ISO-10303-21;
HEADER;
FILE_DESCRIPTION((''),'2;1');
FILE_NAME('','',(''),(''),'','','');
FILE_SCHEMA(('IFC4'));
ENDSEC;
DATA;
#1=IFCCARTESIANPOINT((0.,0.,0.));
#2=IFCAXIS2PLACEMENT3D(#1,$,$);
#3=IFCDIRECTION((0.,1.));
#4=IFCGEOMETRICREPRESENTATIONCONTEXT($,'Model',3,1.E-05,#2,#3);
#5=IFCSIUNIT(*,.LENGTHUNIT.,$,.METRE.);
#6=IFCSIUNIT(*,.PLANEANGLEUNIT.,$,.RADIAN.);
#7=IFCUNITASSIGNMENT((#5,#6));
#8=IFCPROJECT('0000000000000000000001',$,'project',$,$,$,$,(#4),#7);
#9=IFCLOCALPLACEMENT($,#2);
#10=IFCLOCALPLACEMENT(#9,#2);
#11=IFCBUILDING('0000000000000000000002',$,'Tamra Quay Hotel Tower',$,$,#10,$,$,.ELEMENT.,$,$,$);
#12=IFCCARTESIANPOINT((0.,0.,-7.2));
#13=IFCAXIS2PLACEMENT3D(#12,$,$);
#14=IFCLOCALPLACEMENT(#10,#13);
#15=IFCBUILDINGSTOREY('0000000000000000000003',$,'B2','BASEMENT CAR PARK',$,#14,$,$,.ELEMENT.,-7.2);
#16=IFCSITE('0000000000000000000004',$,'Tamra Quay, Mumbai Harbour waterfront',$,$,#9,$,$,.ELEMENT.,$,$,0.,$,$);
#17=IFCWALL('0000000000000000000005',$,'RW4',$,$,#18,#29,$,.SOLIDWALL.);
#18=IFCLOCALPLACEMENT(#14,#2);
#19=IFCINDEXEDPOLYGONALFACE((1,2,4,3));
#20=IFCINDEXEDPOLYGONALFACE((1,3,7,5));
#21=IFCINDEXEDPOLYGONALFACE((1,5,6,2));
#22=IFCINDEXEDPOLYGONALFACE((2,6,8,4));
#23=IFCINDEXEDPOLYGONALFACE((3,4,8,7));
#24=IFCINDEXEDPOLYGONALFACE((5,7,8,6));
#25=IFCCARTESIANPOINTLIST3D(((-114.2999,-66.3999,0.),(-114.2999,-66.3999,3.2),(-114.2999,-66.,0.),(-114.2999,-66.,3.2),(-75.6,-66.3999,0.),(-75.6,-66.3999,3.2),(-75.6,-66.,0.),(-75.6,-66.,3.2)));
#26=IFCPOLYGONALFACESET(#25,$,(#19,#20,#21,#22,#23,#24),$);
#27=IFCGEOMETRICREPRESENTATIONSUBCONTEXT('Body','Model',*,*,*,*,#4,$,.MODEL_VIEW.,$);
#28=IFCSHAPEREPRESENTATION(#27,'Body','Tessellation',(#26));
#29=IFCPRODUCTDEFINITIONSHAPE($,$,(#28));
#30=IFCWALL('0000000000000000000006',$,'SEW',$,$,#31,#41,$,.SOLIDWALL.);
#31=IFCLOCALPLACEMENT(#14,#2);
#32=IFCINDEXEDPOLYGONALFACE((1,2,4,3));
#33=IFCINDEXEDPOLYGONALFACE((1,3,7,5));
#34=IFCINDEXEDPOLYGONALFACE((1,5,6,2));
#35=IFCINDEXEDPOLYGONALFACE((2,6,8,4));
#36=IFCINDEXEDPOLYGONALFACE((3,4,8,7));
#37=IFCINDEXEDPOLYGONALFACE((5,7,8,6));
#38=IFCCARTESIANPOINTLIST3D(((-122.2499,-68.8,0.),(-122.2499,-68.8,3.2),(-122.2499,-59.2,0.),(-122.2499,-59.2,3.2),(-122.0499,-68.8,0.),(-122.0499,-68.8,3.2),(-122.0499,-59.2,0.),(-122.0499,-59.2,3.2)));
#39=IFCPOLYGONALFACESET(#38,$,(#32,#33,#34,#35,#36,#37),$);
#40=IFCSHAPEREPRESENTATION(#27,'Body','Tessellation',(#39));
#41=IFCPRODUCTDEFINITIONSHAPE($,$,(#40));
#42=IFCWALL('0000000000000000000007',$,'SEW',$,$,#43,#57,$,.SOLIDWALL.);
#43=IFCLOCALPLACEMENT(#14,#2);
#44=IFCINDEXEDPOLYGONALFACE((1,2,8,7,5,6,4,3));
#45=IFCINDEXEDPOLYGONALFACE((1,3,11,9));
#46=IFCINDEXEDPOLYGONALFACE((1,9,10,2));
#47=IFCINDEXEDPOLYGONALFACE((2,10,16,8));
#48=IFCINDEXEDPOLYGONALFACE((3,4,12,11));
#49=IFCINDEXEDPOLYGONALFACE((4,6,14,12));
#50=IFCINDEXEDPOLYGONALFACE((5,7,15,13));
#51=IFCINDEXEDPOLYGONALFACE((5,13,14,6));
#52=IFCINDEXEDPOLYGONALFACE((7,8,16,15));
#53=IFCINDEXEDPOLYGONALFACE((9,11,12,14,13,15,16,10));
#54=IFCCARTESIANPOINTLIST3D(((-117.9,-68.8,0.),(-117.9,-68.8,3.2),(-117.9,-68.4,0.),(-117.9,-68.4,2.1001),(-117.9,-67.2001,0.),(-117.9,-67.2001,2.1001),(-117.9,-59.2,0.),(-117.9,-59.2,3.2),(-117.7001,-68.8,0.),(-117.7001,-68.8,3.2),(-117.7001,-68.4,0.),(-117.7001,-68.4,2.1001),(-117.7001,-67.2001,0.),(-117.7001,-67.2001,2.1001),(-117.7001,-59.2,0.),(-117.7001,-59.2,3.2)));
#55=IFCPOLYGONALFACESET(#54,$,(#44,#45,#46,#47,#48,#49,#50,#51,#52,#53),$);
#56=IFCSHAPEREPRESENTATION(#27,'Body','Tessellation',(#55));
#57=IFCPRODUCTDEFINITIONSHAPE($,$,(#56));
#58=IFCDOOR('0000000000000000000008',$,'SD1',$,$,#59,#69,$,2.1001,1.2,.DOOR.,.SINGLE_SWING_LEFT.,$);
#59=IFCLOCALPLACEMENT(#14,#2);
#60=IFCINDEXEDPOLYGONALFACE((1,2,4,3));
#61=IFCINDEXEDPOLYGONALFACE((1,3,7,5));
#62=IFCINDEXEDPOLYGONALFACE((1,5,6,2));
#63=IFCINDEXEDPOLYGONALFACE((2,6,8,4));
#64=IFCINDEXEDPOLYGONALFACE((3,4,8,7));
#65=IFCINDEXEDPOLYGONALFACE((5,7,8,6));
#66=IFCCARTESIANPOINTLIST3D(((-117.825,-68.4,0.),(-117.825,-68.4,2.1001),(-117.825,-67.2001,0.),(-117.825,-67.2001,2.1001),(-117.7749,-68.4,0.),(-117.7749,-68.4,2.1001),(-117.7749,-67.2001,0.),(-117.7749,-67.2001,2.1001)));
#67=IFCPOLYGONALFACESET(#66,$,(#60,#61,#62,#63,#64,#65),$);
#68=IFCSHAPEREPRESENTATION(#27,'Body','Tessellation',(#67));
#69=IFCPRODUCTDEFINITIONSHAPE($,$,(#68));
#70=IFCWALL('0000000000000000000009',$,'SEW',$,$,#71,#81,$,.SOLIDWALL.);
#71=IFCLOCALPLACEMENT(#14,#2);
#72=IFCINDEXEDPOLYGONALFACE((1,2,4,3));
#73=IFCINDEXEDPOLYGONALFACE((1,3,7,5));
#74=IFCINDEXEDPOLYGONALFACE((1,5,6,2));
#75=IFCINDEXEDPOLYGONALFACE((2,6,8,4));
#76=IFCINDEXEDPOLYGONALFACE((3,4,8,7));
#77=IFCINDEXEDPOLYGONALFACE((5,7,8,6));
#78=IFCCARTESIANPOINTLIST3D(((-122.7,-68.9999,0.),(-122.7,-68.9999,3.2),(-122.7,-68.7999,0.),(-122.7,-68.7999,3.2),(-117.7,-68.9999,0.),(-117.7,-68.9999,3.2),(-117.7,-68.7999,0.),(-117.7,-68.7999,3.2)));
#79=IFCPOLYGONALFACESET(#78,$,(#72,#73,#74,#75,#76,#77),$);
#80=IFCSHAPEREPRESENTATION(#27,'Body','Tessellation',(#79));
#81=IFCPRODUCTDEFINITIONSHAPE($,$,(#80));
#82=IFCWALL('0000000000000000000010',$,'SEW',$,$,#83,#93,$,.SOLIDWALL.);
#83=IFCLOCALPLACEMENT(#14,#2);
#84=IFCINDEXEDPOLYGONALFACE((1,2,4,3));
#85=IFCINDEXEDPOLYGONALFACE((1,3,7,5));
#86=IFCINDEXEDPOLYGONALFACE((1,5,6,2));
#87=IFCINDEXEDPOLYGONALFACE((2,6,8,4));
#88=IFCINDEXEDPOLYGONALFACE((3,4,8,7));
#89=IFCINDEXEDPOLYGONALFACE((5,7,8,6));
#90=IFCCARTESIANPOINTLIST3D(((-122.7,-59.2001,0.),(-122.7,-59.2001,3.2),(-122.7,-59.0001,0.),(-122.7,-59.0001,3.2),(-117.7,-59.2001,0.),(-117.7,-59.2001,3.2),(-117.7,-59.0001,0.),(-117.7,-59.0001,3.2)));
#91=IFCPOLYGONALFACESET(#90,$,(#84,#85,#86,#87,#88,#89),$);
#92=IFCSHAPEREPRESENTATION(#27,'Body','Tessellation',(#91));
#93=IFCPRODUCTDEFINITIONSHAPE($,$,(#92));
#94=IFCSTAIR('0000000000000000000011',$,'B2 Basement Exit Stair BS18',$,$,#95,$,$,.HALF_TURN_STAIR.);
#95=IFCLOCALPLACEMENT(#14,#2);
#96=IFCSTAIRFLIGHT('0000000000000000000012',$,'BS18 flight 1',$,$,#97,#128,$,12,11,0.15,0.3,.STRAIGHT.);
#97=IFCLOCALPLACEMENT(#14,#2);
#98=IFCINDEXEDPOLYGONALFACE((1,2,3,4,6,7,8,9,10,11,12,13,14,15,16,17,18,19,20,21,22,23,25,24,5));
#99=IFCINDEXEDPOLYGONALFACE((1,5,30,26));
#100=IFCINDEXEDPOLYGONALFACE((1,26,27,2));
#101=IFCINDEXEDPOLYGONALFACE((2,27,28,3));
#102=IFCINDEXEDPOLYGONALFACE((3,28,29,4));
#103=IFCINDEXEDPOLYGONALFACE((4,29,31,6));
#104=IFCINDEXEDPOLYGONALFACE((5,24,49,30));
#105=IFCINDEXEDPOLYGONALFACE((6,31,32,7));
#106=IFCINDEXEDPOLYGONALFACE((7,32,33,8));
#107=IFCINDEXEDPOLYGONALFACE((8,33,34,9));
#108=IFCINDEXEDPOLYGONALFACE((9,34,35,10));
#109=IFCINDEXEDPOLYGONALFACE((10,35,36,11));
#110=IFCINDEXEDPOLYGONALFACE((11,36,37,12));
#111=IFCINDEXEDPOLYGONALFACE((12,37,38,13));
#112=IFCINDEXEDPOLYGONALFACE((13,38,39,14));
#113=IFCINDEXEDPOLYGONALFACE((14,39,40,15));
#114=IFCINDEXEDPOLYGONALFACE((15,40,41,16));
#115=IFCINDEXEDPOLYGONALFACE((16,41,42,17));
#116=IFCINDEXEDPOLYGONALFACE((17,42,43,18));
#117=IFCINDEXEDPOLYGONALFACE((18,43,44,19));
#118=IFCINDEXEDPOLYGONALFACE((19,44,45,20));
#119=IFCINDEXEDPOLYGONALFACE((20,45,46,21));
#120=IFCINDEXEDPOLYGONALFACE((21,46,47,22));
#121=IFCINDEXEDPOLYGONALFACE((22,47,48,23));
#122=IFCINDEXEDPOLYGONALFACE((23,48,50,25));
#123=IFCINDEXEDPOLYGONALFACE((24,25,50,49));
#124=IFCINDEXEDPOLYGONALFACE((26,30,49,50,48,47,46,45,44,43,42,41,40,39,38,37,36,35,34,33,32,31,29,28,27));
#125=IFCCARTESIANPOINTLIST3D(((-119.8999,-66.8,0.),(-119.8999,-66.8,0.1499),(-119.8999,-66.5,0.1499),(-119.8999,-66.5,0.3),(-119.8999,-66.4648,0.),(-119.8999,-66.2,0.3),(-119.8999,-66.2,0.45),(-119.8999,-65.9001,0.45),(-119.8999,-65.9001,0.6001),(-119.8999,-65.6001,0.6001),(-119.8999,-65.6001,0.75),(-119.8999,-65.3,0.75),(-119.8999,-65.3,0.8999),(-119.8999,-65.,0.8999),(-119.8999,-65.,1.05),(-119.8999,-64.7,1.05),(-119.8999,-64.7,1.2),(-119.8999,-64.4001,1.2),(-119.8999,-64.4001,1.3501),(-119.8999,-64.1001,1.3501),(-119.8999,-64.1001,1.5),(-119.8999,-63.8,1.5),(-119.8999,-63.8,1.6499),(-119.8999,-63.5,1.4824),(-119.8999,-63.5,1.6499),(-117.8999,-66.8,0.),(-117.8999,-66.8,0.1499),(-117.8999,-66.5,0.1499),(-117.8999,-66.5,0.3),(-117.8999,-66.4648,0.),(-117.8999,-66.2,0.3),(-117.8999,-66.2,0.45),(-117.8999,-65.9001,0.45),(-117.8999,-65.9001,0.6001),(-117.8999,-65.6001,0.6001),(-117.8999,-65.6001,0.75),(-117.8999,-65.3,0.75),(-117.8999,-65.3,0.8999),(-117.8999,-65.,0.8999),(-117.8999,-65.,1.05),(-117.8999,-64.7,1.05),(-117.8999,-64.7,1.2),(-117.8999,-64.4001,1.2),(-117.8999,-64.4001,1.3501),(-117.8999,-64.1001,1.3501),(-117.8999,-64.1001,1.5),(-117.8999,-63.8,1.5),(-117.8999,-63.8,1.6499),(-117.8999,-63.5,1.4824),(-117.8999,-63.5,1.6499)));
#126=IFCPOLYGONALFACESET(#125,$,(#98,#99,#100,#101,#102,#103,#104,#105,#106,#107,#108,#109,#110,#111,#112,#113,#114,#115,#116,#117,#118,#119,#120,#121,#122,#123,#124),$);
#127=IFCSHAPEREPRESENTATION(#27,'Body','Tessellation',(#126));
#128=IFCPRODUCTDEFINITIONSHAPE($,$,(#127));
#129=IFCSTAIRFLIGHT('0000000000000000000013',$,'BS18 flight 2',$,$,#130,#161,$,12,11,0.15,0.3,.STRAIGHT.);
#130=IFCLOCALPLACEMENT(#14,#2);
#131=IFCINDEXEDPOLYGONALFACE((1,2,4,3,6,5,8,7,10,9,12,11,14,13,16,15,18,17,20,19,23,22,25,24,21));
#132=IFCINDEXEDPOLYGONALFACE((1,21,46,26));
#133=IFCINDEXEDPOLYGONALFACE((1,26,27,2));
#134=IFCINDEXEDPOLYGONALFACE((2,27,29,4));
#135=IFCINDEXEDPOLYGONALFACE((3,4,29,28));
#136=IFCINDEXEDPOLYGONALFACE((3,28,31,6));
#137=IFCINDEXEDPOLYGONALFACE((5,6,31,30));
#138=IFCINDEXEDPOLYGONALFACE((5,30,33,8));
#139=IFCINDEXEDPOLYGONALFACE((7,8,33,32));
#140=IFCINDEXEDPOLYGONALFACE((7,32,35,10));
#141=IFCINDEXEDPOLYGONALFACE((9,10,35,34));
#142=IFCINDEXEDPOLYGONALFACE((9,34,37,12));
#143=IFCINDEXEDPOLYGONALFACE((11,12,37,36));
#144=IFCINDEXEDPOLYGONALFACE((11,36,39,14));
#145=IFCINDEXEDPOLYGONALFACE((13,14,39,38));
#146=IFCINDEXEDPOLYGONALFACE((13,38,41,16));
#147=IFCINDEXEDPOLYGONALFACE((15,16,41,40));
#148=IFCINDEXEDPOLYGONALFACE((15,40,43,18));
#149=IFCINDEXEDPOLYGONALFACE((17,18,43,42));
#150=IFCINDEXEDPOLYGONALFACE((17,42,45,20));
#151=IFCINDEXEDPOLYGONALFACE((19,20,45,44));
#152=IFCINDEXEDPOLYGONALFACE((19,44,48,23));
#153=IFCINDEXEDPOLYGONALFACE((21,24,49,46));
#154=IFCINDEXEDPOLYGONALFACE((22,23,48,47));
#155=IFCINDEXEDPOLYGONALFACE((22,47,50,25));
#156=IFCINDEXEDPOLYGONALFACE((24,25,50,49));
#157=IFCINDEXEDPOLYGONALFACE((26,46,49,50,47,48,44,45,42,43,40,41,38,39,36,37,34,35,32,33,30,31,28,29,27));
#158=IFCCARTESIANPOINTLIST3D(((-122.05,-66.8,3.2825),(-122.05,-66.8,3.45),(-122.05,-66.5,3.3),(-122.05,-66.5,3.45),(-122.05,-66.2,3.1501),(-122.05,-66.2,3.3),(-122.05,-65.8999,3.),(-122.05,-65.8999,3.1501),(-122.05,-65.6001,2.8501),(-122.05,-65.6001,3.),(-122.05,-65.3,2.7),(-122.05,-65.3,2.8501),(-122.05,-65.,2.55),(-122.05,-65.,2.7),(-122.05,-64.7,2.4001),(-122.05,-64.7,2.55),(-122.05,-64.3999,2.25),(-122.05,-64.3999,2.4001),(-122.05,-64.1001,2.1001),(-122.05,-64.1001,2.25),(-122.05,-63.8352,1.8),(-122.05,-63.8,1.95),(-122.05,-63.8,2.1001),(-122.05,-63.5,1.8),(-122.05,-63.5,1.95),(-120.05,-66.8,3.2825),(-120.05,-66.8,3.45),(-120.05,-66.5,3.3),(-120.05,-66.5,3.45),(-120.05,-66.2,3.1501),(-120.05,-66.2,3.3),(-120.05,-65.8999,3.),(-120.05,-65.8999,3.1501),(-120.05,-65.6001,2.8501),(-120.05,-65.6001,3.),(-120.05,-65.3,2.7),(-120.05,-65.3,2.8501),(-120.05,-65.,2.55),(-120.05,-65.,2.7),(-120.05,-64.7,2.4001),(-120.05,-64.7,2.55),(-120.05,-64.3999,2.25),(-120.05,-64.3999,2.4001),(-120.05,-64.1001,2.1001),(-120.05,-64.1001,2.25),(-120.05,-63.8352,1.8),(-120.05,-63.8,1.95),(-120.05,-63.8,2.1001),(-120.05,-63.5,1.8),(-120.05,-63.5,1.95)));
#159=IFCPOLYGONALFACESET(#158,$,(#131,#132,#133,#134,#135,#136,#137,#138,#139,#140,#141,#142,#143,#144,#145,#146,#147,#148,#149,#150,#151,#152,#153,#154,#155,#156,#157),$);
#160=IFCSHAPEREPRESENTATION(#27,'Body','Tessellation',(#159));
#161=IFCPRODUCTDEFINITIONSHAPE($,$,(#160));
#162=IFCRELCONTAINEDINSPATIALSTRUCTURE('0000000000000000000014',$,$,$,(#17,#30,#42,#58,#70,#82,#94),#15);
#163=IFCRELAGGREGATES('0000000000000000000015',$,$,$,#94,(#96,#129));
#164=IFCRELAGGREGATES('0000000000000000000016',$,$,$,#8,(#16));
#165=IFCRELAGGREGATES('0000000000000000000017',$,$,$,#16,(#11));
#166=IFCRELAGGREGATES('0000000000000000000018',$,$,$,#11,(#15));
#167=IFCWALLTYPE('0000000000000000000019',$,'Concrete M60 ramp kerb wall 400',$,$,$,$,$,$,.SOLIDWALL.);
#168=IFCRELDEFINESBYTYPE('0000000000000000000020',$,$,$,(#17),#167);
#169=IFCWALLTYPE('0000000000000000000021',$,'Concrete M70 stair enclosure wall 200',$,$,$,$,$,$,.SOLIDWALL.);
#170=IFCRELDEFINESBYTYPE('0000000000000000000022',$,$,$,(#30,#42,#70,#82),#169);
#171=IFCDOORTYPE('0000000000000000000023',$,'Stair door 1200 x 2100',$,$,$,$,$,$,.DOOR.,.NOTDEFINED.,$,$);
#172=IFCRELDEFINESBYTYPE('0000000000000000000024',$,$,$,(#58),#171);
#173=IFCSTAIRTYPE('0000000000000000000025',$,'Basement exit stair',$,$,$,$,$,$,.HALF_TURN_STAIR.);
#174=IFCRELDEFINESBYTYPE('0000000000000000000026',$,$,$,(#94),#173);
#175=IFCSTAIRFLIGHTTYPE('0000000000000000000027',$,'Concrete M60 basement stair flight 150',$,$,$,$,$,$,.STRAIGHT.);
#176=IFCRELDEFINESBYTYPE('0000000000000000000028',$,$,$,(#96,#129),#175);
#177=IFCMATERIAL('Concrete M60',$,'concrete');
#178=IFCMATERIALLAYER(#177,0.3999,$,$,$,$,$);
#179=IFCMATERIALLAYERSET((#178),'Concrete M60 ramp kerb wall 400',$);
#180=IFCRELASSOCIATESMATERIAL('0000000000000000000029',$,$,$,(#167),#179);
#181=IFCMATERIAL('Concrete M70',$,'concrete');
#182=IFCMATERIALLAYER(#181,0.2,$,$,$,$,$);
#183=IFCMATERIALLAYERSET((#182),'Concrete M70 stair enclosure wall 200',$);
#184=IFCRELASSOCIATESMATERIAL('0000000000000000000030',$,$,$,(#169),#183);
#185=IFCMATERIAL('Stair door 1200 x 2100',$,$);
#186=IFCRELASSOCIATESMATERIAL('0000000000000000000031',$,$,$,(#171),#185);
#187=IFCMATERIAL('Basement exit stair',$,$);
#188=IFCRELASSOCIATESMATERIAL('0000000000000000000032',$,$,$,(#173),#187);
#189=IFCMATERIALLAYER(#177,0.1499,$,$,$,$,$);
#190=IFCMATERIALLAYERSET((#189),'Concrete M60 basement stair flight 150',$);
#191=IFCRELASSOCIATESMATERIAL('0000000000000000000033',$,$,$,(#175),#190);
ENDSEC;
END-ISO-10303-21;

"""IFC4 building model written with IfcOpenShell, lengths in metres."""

from ifc_helpers import new_model, si_unit, direction, frame, frame_2d, origin, place, context, subcontext, project, spatial, polyline, rectangle, outline, extrude, material, layer, layer_set, type_object, element, fill, aggregate, save


model = new_model("IFC4")

# Units and contexts
model_context = context("Model", 3, precision=1e-05, world=origin(), true_north=direction((0.0, 1.0)))
body_context = subcontext(model_context, "Body", "Model", "MODEL_VIEW")
ifc_project = project(units=[si_unit("LENGTHUNIT", "METRE"), si_unit("PLANEANGLEUNIT", "RADIAN")], contexts=[model_context])

# Site, building, storey
site_placement = place(None, origin())
site = spatial("IfcSite", under=ifc_project, at=site_placement, Name="Tamra Quay, Mumbai Harbour waterfront", CompositionType="ELEMENT", RefElevation=0.0)
building_placement = place(site_placement, origin())
building = spatial("IfcBuilding", under=site, at=building_placement, Name="Tamra Quay Hotel Tower", CompositionType="ELEMENT")
storey_placement = place(building_placement, frame((0.0, 0.0, -7.2)))
storey = spatial("IfcBuildingStorey", under=building, at=storey_placement, Name="B2", Description="BASEMENT CAR PARK", CompositionType="ELEMENT", Elevation=-7.2)

# Shared definitions
ifc_material_1 = material(Name="Concrete M70", Category="concrete")

# Walls
ifc_material_2 = material(Name="Concrete M60", Category="concrete")
ifc_layer_1 = layer(ifc_material_2, 0.3999)
ifc_layer_set_1 = layer_set([ifc_layer_1], Name="Concrete M60 ramp kerb wall 400")
wall_type_1 = type_object("IfcWallType", Name="Concrete M60 ramp kerb wall 400", PredefinedType="SOLIDWALL", material=ifc_layer_set_1)
for number, where, z_axis, x_axis, name in (
    (1, (-114.3, -66.2, 0.0), (0.0, 0.0, 1.0), (1.0, 0.0, 0.0), "RW4"),
):
    element("IfcWall", number, at=place(storey_placement, frame(where, z_axis=z_axis, x_axis=x_axis)), inside=storey, type_object=wall_type_1, Name=name, PredefinedType="SOLIDWALL", context=body_context, shape_type="SweptSolid", body=[
        extrude(rectangle(XDim=38.7, YDim=0.3999, at=frame_2d((19.3501, 0.0))), origin(), (0.0, 0.0, 1.0), 3.2),
    ])
ifc_layer_2 = layer(ifc_material_1, 0.2)
ifc_layer_set_2 = layer_set([ifc_layer_2], Name="Concrete M70 stair enclosure wall 200")
wall_type_2 = type_object("IfcWallType", Name="Concrete M70 stair enclosure wall 200", PredefinedType="SOLIDWALL", material=ifc_layer_set_2)
wall_1_placement = place(storey_placement, frame((-122.1499, -68.8, 0.0), z_axis=(0.0, 0.0, 1.0), x_axis=(0.0, 1.0, 0.0)))
element("IfcWall", 2, at=wall_1_placement, inside=storey, type_object=wall_type_2, Name="SEW", PredefinedType="SOLIDWALL", context=body_context, shape_type="SweptSolid", body=[
    extrude(rectangle(XDim=9.6001, YDim=0.2, at=frame_2d((4.8, 0.0))), origin(), (0.0, 0.0, 1.0), 3.2),
])

# Wall, opening, door
wall_2_placement = place(storey_placement, frame((-117.8, -68.8, 0.0), z_axis=(0.0, 0.0, 1.0), x_axis=(0.0, 1.0, 0.0)))
wall_2 = element("IfcWall", 3, at=wall_2_placement, inside=storey, type_object=wall_type_2, Name="SEW", PredefinedType="SOLIDWALL", context=body_context, shape_type="SweptSolid", body=[
    extrude(rectangle(XDim=9.6001, YDim=0.2, at=frame_2d((4.8, 0.0))), origin(), (0.0, 0.0, 1.0), 3.2),
])
opening_1_placement = place(wall_2_placement, frame((0.3999, 0.0, 0.0)))
opening_1 = element("IfcOpeningElement", 4, at=opening_1_placement, cuts=wall_2, PredefinedType="OPENING", context=body_context, shape_type="SweptSolid", body=[
    extrude(rectangle(XDim=1.2, YDim=2.1001, at=frame_2d((0.6001, 1.05))), frame((0.0, 0.1099, 0.0), z_axis=(0.0, -1.0, 0.0), x_axis=(1.0, 0.0, 0.0)), (0.0, 0.0, 1.0), 0.22),
])
ifc_material_3 = material(Name="Stair door 1200 x 2100")
door_type_1 = type_object("IfcDoorType", Name="Stair door 1200 x 2100", OperationType="NOTDEFINED", PredefinedType="DOOR", material=ifc_material_3)
door_1_placement = place(opening_1_placement, origin())
door_1 = element("IfcDoor", 5, at=door_1_placement, inside=storey, type_object=door_type_1, Name="SD1", OperationType="SINGLE_SWING_LEFT", OverallHeight=2.1001, OverallWidth=1.2, PredefinedType="DOOR", context=body_context, shape_type="SweptSolid", body=[
    extrude(rectangle(XDim=1.2, YDim=2.1001, at=frame_2d((0.6001, 1.05))), frame((0.0, 0.0249, 0.0), z_axis=(0.0, -1.0, 0.0), x_axis=(1.0, 0.0, 0.0)), (0.0, 0.0, 1.0), 0.05),
])
fill(opening_1, door_1)

# Walls
for number, where, z_axis, x_axis, name in (
    (6, (-117.7, -68.8999, 0.0), (0.0, 0.0, 1.0), (-1.0, 0.0, 0.0), "SEW"),
    (7, (-122.7, -59.1001, 0.0), (0.0, 0.0, 1.0), (1.0, 0.0, 0.0), "SEW"),
):
    element("IfcWall", number, at=place(storey_placement, frame(where, z_axis=z_axis, x_axis=x_axis)), inside=storey, type_object=wall_type_2, Name=name, PredefinedType="SOLIDWALL", context=body_context, shape_type="SweptSolid", body=[
        extrude(rectangle(XDim=5.0, YDim=0.2, at=frame_2d((2.5, 0.0))), origin(), (0.0, 0.0, 1.0), 3.2),
    ])

# Stair, stair flights
ifc_material_4 = material(Name="Basement exit stair")
stair_type = type_object("IfcStairType", Name="Basement exit stair", PredefinedType="HALF_TURN_STAIR", material=ifc_material_4)
stair_placement = place(storey_placement, origin())
stair = element("IfcStair", 8, at=stair_placement, inside=storey, type_object=stair_type, Name="B2 Basement Exit Stair BS18", PredefinedType="HALF_TURN_STAIR")
ifc_layer_3 = layer(ifc_material_2, 0.1499)
ifc_layer_set_3 = layer_set([ifc_layer_3], Name="Concrete M60 basement stair flight 150")
stair_flight_type = type_object("IfcStairFlightType", Name="Concrete M60 basement stair flight 150", PredefinedType="STRAIGHT", material=ifc_layer_set_3)
stair_flight_1_placement = place(storey_placement, frame((-118.8999, -66.8, 0.0), z_axis=(0.0, 0.0, 1.0), x_axis=(0.0, 1.0, 0.0)))
stair_flight_1 = element("IfcStairFlight", 9, at=stair_flight_1_placement, type_object=stair_flight_type, Name="BS18 flight 1", NumberOfRisers=12, NumberOfTreads=11, PredefinedType="STRAIGHT", RiserHeight=0.15, TreadLength=0.3, context=body_context, shape_type="SweptSolid", body=[
    extrude(outline(polyline([(0.0, 0.0), (0.0, 0.1499), (0.3, 0.1499), (0.3, 0.3), (0.6001, 0.3), (0.6001, 0.45), (0.8999, 0.45), (0.8999, 0.6001), (1.2, 0.6001), (1.2, 0.75), (1.5, 0.75), (1.5, 0.8999), (1.8, 0.8999), (1.8, 1.05), (2.1001, 1.05), (2.1001, 1.2), (2.3999, 1.2), (2.3999, 1.3501), (2.7, 1.3501), (2.7, 1.5), (3.0, 1.5), (3.0, 1.6499), (3.3, 1.6499), (3.3, 1.8), (3.3, 1.4824), (0.3352, 0.0), (0.0, 0.0)])), frame((0.0, 1.0, 0.0), z_axis=(0.0, -1.0, 0.0), x_axis=(1.0, 0.0, 0.0)), (0.0, 0.0, 1.0), 2.0),
])
stair_flight_2_placement = place(storey_placement, frame((-121.05, -63.5, 1.8), z_axis=(0.0, 0.0, 1.0), x_axis=(0.0, -1.0, 0.0)))
stair_flight_2 = element("IfcStairFlight", 10, at=stair_flight_2_placement, type_object=stair_flight_type, Name="BS18 flight 2", NumberOfRisers=12, NumberOfTreads=11, PredefinedType="STRAIGHT", RiserHeight=0.15, TreadLength=0.3, context=body_context, shape_type="SweptSolid", body=[
    extrude(outline(polyline([(0.0, 0.0), (0.0, 0.1499), (0.3, 0.1499), (0.3, 0.3), (0.6001, 0.3), (0.6001, 0.45), (0.8999, 0.45), (0.8999, 0.6001), (1.2, 0.6001), (1.2, 0.75), (1.5, 0.75), (1.5, 0.8999), (1.8, 0.8999), (1.8, 1.05), (2.1001, 1.05), (2.1001, 1.2), (2.3999, 1.2), (2.3999, 1.3501), (2.7, 1.3501), (2.7, 1.5), (3.0, 1.5), (3.0, 1.6499), (3.3, 1.6499), (3.3, 1.8), (3.3, 1.4824), (0.3352, 0.0), (0.0, 0.0)])), frame((0.0, 1.0, 0.0), z_axis=(0.0, -1.0, 0.0), x_axis=(1.0, 0.0, 0.0)), (0.0, 0.0, 1.0), 2.0),
])
aggregate(stair, [stair_flight_1, stair_flight_2])

save(model, "model.ifc")
